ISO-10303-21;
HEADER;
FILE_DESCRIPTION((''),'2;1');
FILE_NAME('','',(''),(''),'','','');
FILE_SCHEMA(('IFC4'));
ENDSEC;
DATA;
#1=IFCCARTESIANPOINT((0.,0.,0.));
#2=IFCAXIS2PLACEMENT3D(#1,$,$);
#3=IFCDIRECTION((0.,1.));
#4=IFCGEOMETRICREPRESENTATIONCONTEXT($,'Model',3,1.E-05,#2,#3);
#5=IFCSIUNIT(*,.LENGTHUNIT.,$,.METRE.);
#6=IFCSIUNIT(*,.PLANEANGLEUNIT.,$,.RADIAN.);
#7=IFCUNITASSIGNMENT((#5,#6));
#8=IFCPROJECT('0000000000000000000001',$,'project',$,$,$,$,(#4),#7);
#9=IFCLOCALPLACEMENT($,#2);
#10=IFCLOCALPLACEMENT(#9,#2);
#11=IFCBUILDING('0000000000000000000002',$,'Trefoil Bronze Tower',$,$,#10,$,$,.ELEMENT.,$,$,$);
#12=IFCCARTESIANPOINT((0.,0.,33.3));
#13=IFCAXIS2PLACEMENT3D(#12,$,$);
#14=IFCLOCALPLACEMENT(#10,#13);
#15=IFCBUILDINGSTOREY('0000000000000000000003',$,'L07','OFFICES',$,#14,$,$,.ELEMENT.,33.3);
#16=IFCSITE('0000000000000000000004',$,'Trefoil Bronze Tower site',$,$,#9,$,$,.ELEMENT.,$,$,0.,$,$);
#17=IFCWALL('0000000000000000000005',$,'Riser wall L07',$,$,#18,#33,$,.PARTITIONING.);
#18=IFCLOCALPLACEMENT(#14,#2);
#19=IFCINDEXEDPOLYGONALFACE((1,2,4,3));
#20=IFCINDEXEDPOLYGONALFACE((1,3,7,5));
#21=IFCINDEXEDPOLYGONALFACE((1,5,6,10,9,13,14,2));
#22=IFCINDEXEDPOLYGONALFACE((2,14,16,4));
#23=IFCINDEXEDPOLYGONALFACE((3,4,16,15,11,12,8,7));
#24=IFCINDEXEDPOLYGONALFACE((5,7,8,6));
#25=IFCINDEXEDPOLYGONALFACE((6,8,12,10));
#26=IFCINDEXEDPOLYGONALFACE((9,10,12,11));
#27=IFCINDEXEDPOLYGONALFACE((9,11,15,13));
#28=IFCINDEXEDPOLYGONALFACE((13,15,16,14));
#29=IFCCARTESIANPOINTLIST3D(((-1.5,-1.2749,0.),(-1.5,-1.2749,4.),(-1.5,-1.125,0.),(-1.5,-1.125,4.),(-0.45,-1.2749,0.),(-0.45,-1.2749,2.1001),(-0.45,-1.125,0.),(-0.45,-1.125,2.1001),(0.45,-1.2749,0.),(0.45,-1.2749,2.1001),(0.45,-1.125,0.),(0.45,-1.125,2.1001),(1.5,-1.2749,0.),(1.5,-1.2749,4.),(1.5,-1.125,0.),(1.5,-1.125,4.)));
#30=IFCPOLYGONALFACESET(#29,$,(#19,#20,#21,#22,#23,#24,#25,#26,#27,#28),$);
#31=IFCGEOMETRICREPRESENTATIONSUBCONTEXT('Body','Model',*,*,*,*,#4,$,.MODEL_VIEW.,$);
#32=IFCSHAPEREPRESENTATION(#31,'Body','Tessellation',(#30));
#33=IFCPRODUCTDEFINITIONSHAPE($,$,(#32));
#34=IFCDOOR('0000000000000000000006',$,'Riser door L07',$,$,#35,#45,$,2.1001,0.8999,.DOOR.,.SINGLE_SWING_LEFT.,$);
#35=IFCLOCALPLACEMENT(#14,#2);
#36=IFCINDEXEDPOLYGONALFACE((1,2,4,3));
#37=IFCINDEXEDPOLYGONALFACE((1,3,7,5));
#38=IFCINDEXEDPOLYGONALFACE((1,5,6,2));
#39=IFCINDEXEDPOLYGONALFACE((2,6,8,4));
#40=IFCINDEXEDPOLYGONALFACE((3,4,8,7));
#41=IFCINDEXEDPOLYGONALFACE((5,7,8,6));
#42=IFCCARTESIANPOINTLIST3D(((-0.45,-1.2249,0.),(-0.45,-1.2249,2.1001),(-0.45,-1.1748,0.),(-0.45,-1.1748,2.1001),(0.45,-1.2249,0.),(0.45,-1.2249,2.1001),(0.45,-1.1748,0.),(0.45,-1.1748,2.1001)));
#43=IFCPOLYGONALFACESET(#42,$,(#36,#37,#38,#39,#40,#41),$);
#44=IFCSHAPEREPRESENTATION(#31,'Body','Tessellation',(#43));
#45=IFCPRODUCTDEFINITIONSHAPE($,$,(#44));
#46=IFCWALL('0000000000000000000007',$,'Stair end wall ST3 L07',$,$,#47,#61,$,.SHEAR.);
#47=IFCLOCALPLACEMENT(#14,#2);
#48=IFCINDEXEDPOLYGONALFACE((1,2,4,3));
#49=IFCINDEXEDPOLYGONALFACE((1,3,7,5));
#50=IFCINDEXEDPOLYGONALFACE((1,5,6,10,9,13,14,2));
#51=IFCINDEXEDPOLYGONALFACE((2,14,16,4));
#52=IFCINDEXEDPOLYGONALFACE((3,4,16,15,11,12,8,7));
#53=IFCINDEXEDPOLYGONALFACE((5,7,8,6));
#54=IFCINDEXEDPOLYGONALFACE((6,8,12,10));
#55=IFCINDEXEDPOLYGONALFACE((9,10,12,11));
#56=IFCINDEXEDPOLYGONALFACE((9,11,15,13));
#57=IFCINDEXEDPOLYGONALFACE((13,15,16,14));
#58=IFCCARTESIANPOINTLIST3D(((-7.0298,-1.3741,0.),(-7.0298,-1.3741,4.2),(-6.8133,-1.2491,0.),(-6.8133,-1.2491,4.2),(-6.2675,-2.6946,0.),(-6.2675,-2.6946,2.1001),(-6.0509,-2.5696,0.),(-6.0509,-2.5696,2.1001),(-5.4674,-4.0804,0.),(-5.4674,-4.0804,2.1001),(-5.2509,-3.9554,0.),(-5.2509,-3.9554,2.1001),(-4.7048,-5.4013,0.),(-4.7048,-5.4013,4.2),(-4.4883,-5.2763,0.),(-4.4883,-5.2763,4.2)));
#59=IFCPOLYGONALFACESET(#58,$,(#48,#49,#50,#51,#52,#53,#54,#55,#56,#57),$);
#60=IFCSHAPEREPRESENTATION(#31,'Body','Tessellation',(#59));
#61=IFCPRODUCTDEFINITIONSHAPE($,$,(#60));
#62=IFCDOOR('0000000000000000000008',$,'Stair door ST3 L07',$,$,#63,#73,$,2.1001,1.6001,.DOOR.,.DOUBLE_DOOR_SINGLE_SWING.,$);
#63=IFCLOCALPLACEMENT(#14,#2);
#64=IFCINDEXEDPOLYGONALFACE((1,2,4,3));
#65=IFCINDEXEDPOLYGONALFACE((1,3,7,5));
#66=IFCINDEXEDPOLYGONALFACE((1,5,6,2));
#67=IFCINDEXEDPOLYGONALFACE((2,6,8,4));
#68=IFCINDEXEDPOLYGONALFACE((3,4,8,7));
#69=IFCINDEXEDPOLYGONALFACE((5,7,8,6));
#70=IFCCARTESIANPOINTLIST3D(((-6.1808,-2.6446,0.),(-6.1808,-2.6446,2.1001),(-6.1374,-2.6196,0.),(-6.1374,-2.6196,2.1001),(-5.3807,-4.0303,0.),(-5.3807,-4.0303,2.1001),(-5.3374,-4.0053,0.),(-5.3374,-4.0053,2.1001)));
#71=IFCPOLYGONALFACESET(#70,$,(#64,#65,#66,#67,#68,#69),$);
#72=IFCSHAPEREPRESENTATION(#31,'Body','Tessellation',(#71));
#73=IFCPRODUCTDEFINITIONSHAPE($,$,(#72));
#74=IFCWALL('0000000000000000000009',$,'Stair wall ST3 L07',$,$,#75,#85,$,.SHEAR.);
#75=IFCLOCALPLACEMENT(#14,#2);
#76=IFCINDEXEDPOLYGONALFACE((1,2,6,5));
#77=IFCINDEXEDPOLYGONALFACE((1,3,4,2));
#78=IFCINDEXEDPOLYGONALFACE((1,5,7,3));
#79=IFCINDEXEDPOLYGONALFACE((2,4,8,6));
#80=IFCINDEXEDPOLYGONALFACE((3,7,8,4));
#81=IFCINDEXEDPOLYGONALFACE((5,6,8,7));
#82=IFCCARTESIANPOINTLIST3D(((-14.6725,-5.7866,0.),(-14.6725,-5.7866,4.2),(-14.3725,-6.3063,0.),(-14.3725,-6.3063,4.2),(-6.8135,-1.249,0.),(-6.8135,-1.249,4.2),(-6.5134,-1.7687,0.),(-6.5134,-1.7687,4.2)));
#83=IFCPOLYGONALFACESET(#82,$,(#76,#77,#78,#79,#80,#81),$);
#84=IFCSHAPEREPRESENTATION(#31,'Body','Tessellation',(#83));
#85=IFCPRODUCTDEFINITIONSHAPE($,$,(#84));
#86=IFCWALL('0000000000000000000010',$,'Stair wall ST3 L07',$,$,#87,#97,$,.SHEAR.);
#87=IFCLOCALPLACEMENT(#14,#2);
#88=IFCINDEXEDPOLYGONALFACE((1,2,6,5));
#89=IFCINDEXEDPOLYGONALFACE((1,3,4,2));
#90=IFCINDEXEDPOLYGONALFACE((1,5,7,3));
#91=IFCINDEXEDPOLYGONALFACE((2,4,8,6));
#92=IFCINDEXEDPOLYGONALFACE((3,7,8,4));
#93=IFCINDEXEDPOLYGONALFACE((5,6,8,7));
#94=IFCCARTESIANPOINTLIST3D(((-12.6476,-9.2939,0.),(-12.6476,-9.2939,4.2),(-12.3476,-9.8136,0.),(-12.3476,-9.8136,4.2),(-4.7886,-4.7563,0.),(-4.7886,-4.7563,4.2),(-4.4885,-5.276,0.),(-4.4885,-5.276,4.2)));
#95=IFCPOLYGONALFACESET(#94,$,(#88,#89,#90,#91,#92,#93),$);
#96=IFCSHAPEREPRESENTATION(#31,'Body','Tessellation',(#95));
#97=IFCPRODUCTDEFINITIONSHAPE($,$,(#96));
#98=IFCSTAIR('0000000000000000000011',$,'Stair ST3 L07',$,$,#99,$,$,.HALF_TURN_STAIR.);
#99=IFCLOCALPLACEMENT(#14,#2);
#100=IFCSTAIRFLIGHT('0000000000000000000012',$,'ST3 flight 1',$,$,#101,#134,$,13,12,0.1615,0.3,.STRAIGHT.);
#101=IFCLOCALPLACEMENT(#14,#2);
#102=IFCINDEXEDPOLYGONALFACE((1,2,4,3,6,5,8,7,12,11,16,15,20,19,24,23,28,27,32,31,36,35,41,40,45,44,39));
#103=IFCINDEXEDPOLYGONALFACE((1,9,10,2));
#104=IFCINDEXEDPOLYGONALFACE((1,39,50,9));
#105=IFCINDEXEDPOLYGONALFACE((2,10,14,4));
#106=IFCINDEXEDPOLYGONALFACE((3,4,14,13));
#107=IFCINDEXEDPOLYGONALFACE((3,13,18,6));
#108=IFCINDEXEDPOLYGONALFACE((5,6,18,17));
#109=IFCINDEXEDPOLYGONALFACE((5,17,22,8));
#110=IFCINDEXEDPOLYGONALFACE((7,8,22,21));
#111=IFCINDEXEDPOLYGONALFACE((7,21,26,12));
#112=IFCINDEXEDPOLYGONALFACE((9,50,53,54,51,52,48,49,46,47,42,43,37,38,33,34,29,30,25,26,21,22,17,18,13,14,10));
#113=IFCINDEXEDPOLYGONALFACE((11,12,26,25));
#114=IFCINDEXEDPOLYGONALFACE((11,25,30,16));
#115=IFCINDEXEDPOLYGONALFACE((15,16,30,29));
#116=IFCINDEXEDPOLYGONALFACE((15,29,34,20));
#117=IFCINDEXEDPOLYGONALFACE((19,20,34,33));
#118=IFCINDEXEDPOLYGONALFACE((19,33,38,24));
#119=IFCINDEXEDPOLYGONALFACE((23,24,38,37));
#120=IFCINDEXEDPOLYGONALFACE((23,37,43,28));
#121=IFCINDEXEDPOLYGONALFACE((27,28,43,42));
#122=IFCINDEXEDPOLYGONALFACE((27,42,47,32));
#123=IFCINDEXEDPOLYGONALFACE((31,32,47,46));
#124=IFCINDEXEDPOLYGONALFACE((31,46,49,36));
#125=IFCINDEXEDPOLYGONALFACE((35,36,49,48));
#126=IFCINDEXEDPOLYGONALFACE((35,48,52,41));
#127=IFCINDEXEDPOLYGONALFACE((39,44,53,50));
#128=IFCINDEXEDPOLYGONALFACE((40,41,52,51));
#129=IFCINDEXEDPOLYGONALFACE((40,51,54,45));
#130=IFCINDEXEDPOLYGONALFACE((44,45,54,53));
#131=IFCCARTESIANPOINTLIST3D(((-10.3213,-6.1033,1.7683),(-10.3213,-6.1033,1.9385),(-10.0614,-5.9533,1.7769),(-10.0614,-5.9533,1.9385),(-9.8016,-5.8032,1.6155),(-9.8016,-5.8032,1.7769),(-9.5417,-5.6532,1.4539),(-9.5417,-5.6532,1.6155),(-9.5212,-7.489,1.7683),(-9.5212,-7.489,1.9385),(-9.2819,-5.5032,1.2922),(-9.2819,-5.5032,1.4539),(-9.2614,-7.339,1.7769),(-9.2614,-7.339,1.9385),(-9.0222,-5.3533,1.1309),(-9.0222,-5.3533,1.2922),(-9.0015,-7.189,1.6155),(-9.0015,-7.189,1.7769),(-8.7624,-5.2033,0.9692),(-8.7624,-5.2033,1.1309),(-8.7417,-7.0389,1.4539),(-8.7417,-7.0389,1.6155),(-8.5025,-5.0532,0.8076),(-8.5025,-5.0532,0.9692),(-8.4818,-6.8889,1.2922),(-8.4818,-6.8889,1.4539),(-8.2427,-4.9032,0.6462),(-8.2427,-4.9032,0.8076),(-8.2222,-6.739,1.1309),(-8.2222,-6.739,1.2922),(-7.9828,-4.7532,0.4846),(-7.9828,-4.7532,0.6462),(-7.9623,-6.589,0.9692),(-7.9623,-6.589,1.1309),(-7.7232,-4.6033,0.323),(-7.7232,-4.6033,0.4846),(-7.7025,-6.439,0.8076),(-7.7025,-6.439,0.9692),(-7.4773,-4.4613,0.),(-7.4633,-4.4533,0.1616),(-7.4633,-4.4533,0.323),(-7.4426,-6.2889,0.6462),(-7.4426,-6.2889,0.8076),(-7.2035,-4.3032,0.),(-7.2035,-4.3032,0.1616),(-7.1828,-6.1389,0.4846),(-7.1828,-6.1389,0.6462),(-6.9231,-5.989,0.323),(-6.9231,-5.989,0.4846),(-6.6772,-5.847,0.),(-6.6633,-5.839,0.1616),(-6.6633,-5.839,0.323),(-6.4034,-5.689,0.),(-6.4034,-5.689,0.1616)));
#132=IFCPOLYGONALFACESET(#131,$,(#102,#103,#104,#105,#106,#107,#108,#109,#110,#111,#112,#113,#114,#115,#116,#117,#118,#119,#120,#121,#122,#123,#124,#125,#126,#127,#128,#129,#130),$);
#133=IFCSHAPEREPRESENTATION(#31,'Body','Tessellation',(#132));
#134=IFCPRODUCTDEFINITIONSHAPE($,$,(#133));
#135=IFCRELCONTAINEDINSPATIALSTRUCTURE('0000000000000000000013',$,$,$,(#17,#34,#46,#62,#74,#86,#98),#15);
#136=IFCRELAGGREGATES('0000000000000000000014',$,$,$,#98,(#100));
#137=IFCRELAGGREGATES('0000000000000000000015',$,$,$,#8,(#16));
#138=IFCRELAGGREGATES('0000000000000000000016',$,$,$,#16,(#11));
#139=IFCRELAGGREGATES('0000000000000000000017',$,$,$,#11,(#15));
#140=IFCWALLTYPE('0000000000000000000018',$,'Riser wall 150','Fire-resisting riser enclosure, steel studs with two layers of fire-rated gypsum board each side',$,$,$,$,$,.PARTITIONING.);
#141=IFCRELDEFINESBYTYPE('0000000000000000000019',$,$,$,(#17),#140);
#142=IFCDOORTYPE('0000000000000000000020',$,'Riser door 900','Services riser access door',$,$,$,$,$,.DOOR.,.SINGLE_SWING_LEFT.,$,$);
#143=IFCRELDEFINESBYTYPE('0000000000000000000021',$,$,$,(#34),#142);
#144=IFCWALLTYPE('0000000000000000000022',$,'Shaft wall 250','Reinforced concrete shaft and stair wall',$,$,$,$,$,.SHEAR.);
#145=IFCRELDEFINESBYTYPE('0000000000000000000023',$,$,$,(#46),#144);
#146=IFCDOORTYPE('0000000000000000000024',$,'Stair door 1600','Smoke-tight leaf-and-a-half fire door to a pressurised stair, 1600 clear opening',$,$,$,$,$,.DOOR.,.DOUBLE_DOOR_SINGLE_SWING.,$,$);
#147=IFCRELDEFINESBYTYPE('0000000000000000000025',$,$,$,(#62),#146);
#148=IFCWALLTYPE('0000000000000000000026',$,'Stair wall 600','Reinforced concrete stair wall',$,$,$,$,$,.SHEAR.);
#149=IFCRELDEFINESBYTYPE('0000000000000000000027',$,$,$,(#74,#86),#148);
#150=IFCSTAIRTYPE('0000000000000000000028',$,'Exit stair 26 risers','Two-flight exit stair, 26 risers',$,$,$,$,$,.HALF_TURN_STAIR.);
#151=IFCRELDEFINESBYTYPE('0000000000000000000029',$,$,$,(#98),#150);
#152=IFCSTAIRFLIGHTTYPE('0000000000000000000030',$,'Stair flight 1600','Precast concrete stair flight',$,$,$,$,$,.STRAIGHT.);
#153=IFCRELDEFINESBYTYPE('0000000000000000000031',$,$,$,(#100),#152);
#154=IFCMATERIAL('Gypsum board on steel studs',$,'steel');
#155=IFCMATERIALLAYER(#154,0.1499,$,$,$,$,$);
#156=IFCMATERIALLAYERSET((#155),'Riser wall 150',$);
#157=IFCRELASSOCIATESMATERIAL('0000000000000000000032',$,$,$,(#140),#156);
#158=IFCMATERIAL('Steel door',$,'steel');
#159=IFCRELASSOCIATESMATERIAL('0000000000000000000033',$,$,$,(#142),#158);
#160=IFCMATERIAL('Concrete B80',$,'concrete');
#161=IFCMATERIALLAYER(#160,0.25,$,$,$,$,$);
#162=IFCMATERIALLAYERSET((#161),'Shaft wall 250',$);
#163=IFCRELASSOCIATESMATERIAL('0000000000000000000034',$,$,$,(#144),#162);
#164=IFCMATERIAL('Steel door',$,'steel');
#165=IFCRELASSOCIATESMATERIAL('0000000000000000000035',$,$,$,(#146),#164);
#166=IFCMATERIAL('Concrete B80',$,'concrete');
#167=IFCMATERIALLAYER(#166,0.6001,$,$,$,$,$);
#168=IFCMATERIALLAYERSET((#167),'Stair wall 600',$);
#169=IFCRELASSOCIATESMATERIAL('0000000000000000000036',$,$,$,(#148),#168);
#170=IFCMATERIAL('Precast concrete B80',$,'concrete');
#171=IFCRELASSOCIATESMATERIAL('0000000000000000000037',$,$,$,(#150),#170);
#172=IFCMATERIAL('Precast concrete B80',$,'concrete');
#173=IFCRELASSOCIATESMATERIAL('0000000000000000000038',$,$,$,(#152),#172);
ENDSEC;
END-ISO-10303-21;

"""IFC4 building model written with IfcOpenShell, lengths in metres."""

from ifc_helpers import new_model, si_unit, direction, frame, frame_2d, origin, place, context, subcontext, project, spatial, polyline, rectangle, outline, extrude, material, layer, layer_set, type_object, element, fill, aggregate, save


model = new_model("IFC4")

# Units and contexts
model_context = context("Model", 3, precision=1e-05, world=origin(), true_north=direction((0.0, 1.0)))
body_context = subcontext(model_context, "Body", "Model", "MODEL_VIEW")
ifc_project = project(units=[si_unit("LENGTHUNIT", "METRE"), si_unit("PLANEANGLEUNIT", "RADIAN")], contexts=[model_context])

# Site, building, storey
site_placement = place(None, origin())
site = spatial("IfcSite", under=ifc_project, at=site_placement, Name="Trefoil Bronze Tower site", CompositionType="ELEMENT", RefElevation=0.0)
building_placement = place(site_placement, origin())
building = spatial("IfcBuilding", under=site, at=building_placement, Name="Trefoil Bronze Tower", CompositionType="ELEMENT")
storey_placement = place(building_placement, frame((0.0, 0.0, 33.3)))
storey = spatial("IfcBuildingStorey", under=building, at=storey_placement, Name="L07", Description="OFFICES", CompositionType="ELEMENT", Elevation=33.3)

# Walls, openings, doors
ifc_material_1 = material(Name="Gypsum board on steel studs", Category="steel")
ifc_layer_1 = layer(ifc_material_1, 0.1499)
ifc_layer_set_1 = layer_set([ifc_layer_1], Name="Riser wall 150")
wall_type_1 = type_object("IfcWallType", Name="Riser wall 150", Description="Fire-resisting riser enclosure, steel studs with two layers of fire-rated gypsum board each side", PredefinedType="PARTITIONING", material=ifc_layer_set_1)
wall_1_placement = place(storey_placement, frame((-1.5, -1.2, 0.0), z_axis=(0.0, 0.0, 1.0), x_axis=(1.0, 0.0, 0.0)))
wall_1 = element("IfcWall", 1, at=wall_1_placement, inside=storey, type_object=wall_type_1, Name="Riser wall L07", PredefinedType="PARTITIONING", context=body_context, shape_type="SweptSolid", body=[
    extrude(rectangle(XDim=3.0, YDim=0.1499, at=frame_2d((1.5, 0.0))), origin(), (0.0, 0.0, 1.0), 4.0),
])
opening_1_placement = place(wall_1_placement, frame((1.05, 0.0, 0.0)))
opening_1 = element("IfcOpeningElement", 2, at=opening_1_placement, cuts=wall_1, PredefinedType="OPENING", context=body_context, shape_type="SweptSolid", body=[
    extrude(rectangle(XDim=0.8999, YDim=2.1001, at=frame_2d((0.45, 1.05))), frame((0.0, 0.085, 0.0), z_axis=(0.0, -1.0, 0.0), x_axis=(1.0, 0.0, 0.0)), (0.0, 0.0, 1.0), 0.1699),
])
ifc_material_2 = material(Name="Steel door", Category="steel")
door_type_1 = type_object("IfcDoorType", Name="Riser door 900", Description="Services riser access door", OperationType="SINGLE_SWING_LEFT", PredefinedType="DOOR", material=ifc_material_2)
door_1_placement = place(opening_1_placement, frame((0.8999, 0.0, 0.0), z_axis=(0.0, 0.0, 1.0), x_axis=(-1.0, 0.0, 0.0)))
door_1 = element("IfcDoor", 3, at=door_1_placement, inside=storey, type_object=door_type_1, Name="Riser door L07", OperationType="SINGLE_SWING_LEFT", OverallHeight=2.1001, OverallWidth=0.8999, PredefinedType="DOOR", context=body_context, shape_type="SweptSolid", body=[
    extrude(rectangle(XDim=0.8999, YDim=2.1001, at=frame_2d((0.45, 1.05))), frame((0.0, 0.0249, 0.0), z_axis=(0.0, -1.0, 0.0), x_axis=(1.0, 0.0, 0.0)), (0.0, 0.0, 1.0), 0.05),
])
fill(opening_1, door_1)
ifc_material_3 = material(Name="Concrete B80", Category="concrete")
ifc_layer_2 = layer(ifc_material_3, 0.25)
ifc_layer_set_2 = layer_set([ifc_layer_2], Name="Shaft wall 250")
wall_type_2 = type_object("IfcWallType", Name="Shaft wall 250", Description="Reinforced concrete shaft and stair wall", PredefinedType="SHEAR", material=ifc_layer_set_2)
wall_2_placement = place(storey_placement, frame((-6.9216, -1.3115, 0.0), z_axis=(0.0, 0.0, 1.0), x_axis=(0.499985, -0.866034, 0.0)))
wall_2 = element("IfcWall", 4, at=wall_2_placement, inside=storey, type_object=wall_type_2, Name="Stair end wall ST3 L07", PredefinedType="SHEAR", context=body_context, shape_type="SweptSolid", body=[
    extrude(rectangle(XDim=4.6501, YDim=0.25, at=frame_2d((2.3252, 0.0))), origin(), (0.0, 0.0, 1.0), 4.2),
])
opening_2_placement = place(wall_2_placement, frame((1.5249, 0.0, 0.0)))
opening_2 = element("IfcOpeningElement", 5, at=opening_2_placement, cuts=wall_2, PredefinedType="OPENING", context=body_context, shape_type="SweptSolid", body=[
    extrude(rectangle(XDim=1.6001, YDim=2.1001, at=frame_2d((0.8, 1.05))), frame((0.0, 0.135, 0.0), z_axis=(0.0, -1.0, 0.0), x_axis=(1.0, 0.0, 0.0)), (0.0, 0.0, 1.0), 0.27),
])
ifc_material_4 = material(Name="Steel door", Category="steel")
door_type_2 = type_object("IfcDoorType", Name="Stair door 1600", Description="Smoke-tight leaf-and-a-half fire door to a pressurised stair, 1600 clear opening", OperationType="DOUBLE_DOOR_SINGLE_SWING", PredefinedType="DOOR", material=ifc_material_4)
door_2_placement = place(opening_2_placement, frame((1.6001, 0.0, 0.0), z_axis=(0.0, 0.0, 1.0), x_axis=(-1.0, 0.0, 0.0)))
door_2 = element("IfcDoor", 6, at=door_2_placement, inside=storey, type_object=door_type_2, Name="Stair door ST3 L07", OperationType="DOUBLE_DOOR_SINGLE_SWING", OverallHeight=2.1001, OverallWidth=1.6001, PredefinedType="DOOR", context=body_context, shape_type="SweptSolid", body=[
    extrude(rectangle(XDim=1.6001, YDim=2.1001, at=frame_2d((0.8, 1.05))), frame((0.0, 0.0249, 0.0), z_axis=(0.0, -1.0, 0.0), x_axis=(1.0, 0.0, 0.0)), (0.0, 0.0, 1.0), 0.05),
])
fill(opening_2, door_2)

# Walls
ifc_material_5 = material(Name="Concrete B80", Category="concrete")
ifc_layer_3 = layer(ifc_material_5, 0.6001)
ifc_layer_set_3 = layer_set([ifc_layer_3], Name="Stair wall 600")
wall_type_3 = type_object("IfcWallType", Name="Stair wall 600", Description="Reinforced concrete stair wall", PredefinedType="SHEAR", material=ifc_layer_set_3)
for number, where, z_axis, x_axis, name in (
    (7, (-6.6633, -1.5088, 0.0), (0.0, 0.0, 1.0), (-0.866019, -0.50001, 0.0), "Stair wall ST3 L07"),
    (8, (-4.6384, -5.0161, 0.0), (0.0, 0.0, 1.0), (-0.866019, -0.50001, 0.0), "Stair wall ST3 L07"),
):
    element("IfcWall", number, at=place(storey_placement, frame(where, z_axis=z_axis, x_axis=x_axis)), inside=storey, type_object=wall_type_3, Name=name, PredefinedType="SHEAR", context=body_context, shape_type="SweptSolid", body=[
        extrude(rectangle(XDim=9.075, YDim=0.6001, at=frame_2d((4.5376, 0.0))), origin(), (0.0, 0.0, 1.0), 4.2),
    ])

# Stair, stair flight
ifc_material_6 = material(Name="Precast concrete B80", Category="concrete")
stair_type = type_object("IfcStairType", Name="Exit stair 26 risers", Description="Two-flight exit stair, 26 risers", PredefinedType="HALF_TURN_STAIR", material=ifc_material_6)
stair_placement = place(storey_placement, origin())
stair = element("IfcStair", 9, at=stair_placement, inside=storey, type_object=stair_type, Name="Stair ST3 L07", PredefinedType="HALF_TURN_STAIR")
ifc_material_7 = material(Name="Precast concrete B80", Category="concrete")
stair_flight_type = type_object("IfcStairFlightType", Name="Stair flight 1600", Description="Precast concrete stair flight", PredefinedType="STRAIGHT", material=ifc_material_7)
stair_flight_placement = place(storey_placement, frame((-6.8035, -4.9961, 0.0), z_axis=(0.0, 0.0, 1.0), x_axis=(-0.866025, -0.5, 0.0)))
stair_flight = element("IfcStairFlight", 10, at=stair_flight_placement, type_object=stair_flight_type, Name="ST3 flight 1", NumberOfRisers=13, NumberOfTreads=12, PredefinedType="STRAIGHT", RiserHeight=0.1615, TreadLength=0.3, context=body_context, shape_type="SweptSolid", body=[
    extrude(outline(polyline([(0.0, 0.0), (0.0, 0.1616), (0.3, 0.1616), (0.3, 0.323), (0.6001, 0.323), (0.6001, 0.4846), (0.8999, 0.4846), (0.8999, 0.6462), (1.2, 0.6462), (1.2, 0.8076), (1.5, 0.8076), (1.5, 0.9692), (1.8, 0.9692), (1.8, 1.1309), (2.1001, 1.1309), (2.1001, 1.2922), (2.3999, 1.2922), (2.3999, 1.4539), (2.7, 1.4539), (2.7, 1.6155), (3.0, 1.6155), (3.0, 1.7769), (3.3, 1.7769), (3.3, 1.9385), (3.6001, 1.9385), (3.6001, 2.1001), (3.6001, 1.7683), (0.3162, 0.0), (0.0, 0.0)])), frame((0.0, 0.8, 0.0), z_axis=(0.0, -1.0, 0.0), x_axis=(1.0, 0.0, 0.0)), (0.0, 0.0, 1.0), 1.6001),
])
aggregate(stair, [stair_flight])

save(model, "model.ifc")
